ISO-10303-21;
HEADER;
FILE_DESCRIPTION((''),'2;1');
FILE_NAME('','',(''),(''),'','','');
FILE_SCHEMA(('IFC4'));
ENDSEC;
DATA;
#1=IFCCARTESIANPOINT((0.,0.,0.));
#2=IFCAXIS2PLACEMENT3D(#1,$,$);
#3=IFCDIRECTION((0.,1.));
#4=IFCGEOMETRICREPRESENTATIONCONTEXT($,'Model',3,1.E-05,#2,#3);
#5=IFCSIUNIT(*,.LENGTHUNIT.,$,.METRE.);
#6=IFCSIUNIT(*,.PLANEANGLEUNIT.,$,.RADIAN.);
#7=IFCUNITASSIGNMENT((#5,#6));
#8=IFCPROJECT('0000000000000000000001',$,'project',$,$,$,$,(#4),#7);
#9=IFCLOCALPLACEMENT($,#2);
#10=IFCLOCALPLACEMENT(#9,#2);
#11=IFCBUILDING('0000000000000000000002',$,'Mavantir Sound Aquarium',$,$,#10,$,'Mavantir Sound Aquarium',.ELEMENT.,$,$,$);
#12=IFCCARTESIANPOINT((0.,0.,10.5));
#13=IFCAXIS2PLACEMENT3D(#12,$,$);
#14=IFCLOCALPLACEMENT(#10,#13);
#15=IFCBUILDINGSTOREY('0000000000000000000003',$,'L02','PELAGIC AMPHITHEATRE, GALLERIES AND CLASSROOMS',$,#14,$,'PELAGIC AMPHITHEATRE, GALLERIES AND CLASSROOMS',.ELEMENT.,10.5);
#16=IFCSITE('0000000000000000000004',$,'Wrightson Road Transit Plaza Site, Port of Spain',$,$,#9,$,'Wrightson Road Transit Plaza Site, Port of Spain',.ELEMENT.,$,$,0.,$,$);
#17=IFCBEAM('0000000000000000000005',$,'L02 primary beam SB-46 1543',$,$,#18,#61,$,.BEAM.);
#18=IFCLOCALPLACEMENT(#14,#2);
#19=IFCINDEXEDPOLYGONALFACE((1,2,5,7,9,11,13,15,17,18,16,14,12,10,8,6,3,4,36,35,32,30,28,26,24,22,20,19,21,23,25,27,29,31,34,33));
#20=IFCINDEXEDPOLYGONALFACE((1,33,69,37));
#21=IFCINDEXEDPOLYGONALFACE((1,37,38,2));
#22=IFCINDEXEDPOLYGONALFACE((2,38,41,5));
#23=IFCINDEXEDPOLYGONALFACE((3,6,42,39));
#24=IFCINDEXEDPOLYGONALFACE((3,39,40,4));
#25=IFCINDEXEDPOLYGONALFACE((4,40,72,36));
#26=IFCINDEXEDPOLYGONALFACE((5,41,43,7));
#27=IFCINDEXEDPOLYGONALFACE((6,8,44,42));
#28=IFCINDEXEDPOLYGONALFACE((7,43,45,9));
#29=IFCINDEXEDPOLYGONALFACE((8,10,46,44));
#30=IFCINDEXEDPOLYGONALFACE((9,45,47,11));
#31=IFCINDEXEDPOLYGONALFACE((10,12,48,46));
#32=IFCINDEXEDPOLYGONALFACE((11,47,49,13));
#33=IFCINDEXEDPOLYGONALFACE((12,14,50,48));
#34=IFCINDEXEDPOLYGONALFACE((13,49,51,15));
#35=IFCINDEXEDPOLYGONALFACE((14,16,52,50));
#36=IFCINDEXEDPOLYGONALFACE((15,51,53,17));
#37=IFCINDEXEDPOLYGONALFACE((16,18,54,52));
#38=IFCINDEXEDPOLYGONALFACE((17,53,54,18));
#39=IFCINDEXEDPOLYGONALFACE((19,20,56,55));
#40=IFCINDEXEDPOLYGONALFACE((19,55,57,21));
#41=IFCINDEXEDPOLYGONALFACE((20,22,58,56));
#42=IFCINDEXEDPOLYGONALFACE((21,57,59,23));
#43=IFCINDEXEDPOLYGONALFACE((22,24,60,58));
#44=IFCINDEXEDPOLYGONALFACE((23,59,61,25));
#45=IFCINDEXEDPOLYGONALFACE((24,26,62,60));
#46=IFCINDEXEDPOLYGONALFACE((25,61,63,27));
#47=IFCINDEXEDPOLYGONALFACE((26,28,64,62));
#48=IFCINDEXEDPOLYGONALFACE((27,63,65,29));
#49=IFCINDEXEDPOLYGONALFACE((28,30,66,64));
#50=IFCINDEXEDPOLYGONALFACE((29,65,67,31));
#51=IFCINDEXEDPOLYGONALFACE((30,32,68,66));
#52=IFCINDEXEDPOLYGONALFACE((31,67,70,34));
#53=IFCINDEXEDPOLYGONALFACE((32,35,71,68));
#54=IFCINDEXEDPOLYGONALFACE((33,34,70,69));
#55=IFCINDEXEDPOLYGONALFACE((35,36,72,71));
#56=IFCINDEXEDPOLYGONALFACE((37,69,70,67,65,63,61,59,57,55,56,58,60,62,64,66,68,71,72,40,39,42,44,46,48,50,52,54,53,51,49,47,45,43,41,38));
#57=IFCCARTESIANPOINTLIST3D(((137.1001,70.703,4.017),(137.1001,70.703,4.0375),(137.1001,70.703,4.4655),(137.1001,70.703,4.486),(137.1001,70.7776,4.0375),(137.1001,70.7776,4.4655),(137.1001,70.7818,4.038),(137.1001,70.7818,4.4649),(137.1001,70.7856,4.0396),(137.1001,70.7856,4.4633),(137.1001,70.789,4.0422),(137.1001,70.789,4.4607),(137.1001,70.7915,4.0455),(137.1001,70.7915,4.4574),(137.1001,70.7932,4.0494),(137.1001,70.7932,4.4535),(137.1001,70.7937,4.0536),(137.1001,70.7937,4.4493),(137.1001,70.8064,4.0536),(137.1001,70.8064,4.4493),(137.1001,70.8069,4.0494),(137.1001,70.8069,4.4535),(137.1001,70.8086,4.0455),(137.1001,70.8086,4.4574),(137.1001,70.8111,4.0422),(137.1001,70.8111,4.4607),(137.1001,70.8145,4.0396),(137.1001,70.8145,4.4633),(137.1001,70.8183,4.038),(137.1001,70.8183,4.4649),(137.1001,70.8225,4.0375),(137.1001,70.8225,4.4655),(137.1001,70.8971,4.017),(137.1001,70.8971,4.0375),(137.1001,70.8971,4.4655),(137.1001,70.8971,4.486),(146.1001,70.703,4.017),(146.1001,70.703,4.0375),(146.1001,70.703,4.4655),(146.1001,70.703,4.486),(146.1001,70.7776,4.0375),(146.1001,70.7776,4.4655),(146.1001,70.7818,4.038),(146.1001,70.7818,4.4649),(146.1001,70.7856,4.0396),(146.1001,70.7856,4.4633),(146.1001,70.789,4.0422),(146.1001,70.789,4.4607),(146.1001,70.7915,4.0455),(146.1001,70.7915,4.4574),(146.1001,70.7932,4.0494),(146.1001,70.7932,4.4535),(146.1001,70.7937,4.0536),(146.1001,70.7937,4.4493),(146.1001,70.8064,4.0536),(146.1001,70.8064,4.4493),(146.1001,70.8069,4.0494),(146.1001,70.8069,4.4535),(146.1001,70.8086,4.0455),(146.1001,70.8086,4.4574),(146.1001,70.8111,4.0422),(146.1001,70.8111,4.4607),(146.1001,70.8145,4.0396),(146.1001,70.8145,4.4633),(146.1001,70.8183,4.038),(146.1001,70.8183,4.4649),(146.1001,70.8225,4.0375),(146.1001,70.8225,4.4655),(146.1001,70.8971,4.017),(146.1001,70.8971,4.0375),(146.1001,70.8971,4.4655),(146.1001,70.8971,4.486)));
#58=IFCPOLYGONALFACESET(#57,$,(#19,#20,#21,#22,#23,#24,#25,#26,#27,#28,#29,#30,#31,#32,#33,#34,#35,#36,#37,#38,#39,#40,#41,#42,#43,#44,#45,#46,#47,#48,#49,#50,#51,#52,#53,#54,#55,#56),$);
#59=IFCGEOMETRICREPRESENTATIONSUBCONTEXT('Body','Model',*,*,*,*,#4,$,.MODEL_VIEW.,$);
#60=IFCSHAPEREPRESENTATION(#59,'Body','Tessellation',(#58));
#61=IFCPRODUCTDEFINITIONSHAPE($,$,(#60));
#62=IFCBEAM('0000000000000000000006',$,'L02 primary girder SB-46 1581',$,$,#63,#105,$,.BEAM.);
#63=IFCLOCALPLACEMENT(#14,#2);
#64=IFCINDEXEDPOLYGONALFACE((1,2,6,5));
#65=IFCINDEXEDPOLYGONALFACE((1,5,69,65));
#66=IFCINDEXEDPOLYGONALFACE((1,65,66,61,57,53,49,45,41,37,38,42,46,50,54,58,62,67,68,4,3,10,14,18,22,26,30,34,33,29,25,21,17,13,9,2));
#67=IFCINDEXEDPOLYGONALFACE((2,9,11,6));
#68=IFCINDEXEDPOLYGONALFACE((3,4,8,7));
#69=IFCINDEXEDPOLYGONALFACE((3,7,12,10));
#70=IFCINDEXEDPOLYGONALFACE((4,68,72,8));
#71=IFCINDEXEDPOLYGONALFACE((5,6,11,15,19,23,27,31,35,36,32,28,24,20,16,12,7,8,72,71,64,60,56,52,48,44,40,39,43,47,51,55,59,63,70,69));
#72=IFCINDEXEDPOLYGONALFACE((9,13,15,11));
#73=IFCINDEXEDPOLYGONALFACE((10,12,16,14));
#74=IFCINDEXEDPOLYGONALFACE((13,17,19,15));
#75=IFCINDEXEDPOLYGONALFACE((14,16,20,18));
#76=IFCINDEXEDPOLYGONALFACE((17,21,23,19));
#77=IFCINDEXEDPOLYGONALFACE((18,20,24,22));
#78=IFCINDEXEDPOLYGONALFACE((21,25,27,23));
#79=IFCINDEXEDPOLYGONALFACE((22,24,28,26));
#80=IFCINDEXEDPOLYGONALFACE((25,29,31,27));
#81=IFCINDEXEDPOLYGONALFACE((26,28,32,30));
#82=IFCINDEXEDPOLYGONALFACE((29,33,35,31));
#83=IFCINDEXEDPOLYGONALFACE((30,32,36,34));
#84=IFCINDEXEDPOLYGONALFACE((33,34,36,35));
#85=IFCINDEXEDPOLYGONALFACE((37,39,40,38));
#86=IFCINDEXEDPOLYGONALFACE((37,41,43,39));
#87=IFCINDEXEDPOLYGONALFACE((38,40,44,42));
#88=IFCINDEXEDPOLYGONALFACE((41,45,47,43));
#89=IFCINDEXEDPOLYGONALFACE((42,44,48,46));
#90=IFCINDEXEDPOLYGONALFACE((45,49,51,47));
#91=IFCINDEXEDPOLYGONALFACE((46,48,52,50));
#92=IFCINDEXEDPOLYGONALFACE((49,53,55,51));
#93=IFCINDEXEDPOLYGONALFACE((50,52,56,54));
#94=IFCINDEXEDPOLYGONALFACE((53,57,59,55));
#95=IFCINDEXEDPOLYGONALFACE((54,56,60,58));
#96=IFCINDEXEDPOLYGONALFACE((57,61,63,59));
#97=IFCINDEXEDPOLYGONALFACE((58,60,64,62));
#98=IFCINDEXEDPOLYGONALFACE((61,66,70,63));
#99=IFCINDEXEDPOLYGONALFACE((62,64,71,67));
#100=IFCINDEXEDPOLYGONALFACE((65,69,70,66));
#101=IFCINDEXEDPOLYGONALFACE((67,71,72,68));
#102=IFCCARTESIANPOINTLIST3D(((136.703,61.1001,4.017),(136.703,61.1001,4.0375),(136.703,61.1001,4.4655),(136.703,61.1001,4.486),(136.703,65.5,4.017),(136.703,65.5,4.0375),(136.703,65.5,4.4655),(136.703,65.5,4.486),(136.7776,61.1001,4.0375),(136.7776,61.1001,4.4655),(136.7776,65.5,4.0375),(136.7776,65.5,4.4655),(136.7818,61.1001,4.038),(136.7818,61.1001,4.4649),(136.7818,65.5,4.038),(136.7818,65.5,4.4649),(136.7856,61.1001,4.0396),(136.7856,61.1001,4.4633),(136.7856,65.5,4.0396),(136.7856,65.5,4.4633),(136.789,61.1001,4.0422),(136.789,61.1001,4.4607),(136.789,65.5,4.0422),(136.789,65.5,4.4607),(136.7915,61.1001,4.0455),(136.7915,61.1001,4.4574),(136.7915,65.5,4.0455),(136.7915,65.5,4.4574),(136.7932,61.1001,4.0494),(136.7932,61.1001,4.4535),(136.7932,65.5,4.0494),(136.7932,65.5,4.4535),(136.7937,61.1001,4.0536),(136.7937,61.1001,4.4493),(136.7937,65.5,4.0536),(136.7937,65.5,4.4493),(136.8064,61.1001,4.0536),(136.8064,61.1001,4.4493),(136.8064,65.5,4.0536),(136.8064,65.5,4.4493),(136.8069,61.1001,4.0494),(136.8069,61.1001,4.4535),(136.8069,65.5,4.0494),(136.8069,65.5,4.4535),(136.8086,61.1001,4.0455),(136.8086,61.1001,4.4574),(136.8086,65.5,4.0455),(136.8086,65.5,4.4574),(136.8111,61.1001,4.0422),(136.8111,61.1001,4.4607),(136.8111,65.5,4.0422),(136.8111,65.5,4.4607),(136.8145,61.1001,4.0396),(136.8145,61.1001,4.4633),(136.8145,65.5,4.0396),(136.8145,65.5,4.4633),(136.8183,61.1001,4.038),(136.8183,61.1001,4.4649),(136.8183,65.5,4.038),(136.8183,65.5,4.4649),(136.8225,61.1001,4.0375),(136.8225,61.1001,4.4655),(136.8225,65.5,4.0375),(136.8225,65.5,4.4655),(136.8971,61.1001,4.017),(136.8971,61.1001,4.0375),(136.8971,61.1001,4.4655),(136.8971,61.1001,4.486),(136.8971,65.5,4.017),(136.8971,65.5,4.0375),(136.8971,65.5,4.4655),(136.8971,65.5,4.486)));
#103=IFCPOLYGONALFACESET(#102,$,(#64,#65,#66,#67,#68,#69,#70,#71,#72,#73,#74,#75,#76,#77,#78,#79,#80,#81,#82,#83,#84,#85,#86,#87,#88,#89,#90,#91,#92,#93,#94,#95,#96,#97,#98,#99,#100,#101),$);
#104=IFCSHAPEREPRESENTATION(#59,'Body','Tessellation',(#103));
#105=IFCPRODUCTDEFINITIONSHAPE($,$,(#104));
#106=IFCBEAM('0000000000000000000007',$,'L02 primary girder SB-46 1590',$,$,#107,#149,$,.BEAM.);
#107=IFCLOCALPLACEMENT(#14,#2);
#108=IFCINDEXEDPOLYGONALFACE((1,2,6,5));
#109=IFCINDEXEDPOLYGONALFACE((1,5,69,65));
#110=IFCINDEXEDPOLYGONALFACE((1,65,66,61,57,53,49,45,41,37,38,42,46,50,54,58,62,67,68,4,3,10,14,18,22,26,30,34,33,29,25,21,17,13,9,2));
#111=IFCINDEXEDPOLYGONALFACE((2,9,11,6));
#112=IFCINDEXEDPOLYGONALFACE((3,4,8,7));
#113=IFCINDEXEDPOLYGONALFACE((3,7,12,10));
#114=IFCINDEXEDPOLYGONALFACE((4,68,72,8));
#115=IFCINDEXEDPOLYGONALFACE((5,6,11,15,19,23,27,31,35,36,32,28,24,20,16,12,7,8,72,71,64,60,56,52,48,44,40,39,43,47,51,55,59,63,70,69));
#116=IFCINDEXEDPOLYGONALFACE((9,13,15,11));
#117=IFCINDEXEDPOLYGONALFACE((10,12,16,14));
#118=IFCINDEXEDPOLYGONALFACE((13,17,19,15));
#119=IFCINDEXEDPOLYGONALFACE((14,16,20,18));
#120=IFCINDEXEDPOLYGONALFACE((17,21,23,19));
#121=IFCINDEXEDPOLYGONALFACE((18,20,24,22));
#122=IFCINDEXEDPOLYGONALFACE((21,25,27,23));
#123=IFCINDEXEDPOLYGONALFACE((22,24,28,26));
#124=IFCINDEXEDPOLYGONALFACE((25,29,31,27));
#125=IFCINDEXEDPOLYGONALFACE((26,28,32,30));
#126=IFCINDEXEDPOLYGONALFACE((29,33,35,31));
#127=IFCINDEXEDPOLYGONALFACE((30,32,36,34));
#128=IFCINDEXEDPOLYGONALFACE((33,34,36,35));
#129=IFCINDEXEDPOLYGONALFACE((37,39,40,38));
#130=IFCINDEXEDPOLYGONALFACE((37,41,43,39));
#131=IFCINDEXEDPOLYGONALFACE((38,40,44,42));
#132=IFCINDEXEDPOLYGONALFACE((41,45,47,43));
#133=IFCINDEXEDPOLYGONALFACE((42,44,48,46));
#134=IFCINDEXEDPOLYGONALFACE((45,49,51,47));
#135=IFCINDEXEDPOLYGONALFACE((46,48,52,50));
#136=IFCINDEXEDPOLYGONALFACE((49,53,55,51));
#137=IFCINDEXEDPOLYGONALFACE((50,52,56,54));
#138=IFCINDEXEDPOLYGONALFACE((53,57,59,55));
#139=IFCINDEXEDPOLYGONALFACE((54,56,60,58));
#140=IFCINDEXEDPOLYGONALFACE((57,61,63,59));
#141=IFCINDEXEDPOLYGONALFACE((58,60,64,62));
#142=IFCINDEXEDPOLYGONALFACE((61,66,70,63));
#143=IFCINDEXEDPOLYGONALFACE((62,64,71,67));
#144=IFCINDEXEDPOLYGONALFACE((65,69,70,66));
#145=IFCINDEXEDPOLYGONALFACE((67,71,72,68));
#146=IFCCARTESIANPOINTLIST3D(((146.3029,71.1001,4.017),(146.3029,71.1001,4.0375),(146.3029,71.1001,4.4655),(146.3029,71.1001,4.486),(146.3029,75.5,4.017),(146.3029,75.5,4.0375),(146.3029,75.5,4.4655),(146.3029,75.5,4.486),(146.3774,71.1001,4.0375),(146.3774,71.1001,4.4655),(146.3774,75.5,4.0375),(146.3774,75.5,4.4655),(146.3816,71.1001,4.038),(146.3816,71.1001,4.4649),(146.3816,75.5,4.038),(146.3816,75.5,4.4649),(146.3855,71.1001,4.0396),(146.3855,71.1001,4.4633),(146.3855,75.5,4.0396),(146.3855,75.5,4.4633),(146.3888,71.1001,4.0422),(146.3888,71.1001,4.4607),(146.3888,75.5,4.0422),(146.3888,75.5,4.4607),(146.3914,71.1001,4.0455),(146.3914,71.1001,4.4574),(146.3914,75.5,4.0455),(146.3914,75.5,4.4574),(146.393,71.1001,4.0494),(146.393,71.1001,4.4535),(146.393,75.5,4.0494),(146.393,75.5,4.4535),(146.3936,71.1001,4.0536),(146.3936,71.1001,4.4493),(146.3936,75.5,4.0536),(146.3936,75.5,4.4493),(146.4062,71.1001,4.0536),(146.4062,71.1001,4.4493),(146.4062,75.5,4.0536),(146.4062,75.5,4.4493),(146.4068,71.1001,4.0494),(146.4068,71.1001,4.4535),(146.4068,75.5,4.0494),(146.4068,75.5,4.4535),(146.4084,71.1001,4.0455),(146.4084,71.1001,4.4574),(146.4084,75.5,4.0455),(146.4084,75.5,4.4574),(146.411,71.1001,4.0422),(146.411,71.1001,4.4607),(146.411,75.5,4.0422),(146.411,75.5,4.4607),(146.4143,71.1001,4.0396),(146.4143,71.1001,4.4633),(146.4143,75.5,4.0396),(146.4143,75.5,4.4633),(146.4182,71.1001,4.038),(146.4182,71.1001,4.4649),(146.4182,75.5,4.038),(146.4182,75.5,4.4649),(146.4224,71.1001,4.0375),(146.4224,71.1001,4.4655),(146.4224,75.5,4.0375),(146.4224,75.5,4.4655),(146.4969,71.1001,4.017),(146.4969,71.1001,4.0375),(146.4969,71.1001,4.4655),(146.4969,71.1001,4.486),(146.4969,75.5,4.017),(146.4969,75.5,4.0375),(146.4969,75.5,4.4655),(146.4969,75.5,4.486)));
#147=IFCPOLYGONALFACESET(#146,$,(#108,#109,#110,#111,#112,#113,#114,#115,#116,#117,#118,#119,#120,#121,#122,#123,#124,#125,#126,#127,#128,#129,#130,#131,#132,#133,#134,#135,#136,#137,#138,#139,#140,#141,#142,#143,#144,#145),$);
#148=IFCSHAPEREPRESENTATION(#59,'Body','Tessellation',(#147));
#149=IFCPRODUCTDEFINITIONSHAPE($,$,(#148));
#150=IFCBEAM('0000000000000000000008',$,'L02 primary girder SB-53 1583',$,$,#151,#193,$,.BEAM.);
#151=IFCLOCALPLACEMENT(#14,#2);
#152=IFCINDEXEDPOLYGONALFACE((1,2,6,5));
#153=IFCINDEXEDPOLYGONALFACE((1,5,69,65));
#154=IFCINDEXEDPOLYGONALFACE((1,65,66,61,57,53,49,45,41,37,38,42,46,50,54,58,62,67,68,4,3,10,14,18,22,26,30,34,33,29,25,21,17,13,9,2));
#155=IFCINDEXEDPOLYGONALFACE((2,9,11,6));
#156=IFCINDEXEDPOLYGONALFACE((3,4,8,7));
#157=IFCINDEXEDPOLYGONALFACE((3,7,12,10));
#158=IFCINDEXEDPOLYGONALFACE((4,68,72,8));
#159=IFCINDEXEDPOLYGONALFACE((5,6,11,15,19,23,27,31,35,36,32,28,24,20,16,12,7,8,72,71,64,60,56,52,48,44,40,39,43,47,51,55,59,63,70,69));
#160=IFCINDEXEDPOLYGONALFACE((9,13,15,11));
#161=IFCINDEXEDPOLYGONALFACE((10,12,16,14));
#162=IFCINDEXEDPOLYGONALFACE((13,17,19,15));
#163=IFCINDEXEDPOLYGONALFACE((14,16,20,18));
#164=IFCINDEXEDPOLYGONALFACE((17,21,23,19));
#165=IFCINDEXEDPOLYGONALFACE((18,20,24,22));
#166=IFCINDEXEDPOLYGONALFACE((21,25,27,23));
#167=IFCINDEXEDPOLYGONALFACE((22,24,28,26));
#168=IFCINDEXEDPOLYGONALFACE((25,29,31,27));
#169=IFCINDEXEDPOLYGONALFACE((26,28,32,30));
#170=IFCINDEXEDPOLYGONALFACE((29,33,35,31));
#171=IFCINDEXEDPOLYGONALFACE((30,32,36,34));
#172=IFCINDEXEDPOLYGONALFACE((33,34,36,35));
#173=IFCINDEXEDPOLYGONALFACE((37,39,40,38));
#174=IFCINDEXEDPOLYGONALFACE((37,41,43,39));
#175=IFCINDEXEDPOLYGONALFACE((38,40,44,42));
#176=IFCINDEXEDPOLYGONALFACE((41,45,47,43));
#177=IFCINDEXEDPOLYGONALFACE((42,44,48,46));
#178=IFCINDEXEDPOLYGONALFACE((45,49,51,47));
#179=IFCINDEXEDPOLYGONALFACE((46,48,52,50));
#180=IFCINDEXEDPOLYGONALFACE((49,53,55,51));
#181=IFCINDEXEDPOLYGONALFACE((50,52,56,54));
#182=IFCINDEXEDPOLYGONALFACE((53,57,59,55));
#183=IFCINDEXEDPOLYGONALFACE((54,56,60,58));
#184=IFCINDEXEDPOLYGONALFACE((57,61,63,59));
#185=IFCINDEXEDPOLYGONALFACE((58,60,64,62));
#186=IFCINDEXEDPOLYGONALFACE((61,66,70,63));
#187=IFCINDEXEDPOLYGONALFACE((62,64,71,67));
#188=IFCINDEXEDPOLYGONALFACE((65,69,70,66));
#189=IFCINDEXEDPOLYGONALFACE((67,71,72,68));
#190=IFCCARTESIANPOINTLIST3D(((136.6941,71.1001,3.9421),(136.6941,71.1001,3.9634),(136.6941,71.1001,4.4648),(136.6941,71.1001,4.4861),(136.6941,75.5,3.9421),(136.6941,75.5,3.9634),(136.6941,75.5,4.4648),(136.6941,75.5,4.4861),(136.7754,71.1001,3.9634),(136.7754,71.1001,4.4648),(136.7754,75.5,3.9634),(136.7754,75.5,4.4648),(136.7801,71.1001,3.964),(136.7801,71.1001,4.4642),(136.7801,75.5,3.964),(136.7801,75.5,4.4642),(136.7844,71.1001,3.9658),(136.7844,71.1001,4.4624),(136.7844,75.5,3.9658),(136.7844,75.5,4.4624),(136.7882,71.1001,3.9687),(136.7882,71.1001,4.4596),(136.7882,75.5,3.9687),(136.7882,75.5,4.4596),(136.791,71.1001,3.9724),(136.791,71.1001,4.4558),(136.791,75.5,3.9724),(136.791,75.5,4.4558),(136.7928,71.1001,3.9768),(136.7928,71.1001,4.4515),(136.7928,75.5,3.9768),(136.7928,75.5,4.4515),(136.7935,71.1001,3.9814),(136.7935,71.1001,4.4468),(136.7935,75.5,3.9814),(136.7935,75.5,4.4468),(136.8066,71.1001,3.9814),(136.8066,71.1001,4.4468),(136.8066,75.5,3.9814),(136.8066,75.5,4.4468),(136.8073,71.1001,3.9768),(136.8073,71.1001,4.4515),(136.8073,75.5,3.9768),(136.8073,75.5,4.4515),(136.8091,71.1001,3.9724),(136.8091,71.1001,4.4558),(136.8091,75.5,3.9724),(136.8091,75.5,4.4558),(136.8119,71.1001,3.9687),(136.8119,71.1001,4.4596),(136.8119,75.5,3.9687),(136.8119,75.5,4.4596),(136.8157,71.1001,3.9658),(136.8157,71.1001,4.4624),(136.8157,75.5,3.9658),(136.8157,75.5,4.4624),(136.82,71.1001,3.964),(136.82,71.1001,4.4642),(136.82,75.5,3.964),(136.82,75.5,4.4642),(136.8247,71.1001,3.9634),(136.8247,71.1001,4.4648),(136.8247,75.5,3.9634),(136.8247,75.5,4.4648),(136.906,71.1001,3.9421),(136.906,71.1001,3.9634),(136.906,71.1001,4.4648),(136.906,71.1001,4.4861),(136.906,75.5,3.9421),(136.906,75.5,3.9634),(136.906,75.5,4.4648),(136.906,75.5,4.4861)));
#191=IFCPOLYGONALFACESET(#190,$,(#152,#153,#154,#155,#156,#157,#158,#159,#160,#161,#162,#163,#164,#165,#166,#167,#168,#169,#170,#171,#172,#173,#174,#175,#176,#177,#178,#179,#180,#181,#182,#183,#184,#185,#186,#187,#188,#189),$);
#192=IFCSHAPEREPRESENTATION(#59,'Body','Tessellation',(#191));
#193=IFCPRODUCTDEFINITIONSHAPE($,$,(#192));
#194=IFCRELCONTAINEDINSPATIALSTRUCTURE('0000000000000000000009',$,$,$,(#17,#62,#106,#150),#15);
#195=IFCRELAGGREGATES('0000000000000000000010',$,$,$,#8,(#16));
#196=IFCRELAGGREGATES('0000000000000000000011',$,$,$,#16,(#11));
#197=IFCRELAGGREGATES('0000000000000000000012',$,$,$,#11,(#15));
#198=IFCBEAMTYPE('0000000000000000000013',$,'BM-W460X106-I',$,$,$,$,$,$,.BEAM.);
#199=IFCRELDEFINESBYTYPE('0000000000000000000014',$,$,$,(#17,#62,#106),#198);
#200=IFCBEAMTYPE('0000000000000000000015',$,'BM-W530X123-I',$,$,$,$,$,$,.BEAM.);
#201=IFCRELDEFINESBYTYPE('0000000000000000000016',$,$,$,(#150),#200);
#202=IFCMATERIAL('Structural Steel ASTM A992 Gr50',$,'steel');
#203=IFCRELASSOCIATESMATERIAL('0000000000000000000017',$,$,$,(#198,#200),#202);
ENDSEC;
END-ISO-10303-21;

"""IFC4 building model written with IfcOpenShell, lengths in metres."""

from ifc_helpers import new_model, si_unit, direction, frame, origin, origin_2d, place, context, subcontext, project, spatial, i_section, extrude, material, material_profile, profile_set, type_object, element, save


model = new_model("IFC4")

# Units and contexts
model_context = context("Model", 3, precision=1e-05, world=origin(), true_north=direction((0.0, 1.0)))
body_context = subcontext(model_context, "Body", "Model", "MODEL_VIEW")
ifc_project = project(units=[si_unit("LENGTHUNIT", "METRE"), si_unit("PLANEANGLEUNIT", "RADIAN")], contexts=[model_context])

# Site, building, storey
site_placement = place(None, origin())
site = spatial("IfcSite", under=ifc_project, at=site_placement, Name="Wrightson Road Transit Plaza Site, Port of Spain", LongName="Wrightson Road Transit Plaza Site, Port of Spain", CompositionType="ELEMENT", RefElevation=0.0)
building_placement = place(site_placement, origin())
building = spatial("IfcBuilding", under=site, at=building_placement, Name="Mavantir Sound Aquarium", LongName="Mavantir Sound Aquarium", CompositionType="ELEMENT")
storey_placement = place(building_placement, frame((0.0, 0.0, 10.5)))
storey = spatial("IfcBuildingStorey", under=building, at=storey_placement, Name="L02", Description="PELAGIC AMPHITHEATRE, GALLERIES AND CLASSROOMS", LongName="PELAGIC AMPHITHEATRE, GALLERIES AND CLASSROOMS", CompositionType="ELEMENT", Elevation=10.5)

# Beams
ifc_material_1 = material(Name="Structural Steel ASTM A992 Gr50", Category="steel")
ifc_material_profile_1 = material_profile(ifc_material_1, i_section(OverallWidth=0.1941, OverallDepth=0.469, WebThickness=0.0127, FlangeThickness=0.0205, FilletRadius=0.0161, at=origin_2d()), Name="W460X106")
ifc_profile_set_1 = profile_set([ifc_material_profile_1], Name="Structural Steel ASTM A992 Gr50")
beam_type_1 = type_object("IfcBeamType", Name="BM-W460X106-I", PredefinedType="BEAM", material=ifc_profile_set_1)
beam_1_placement = place(storey_placement, frame((137.1001, 70.8, 4.2515), z_axis=(1.0, 0.0, 0.0), x_axis=(0.0, 1.0, 0.0)))
element("IfcBeam", 1, at=beam_1_placement, inside=storey, type_object=beam_type_1, Name="L02 primary beam SB-46 1543", PredefinedType="BEAM", context=body_context, shape_type="SweptSolid", body=[
    extrude(i_section(OverallWidth=0.1941, OverallDepth=0.469, WebThickness=0.0127, FlangeThickness=0.0205, FilletRadius=0.0161, at=origin_2d()), origin(), (0.0, 0.0, 1.0), 9.0),
])
for number, where, z_axis, x_axis, name in (
    (2, (136.8, 61.1001, 4.2515), (0.0, 1.0, 0.0), (-1.0, 0.0, 0.0), "L02 primary girder SB-46 1581"),
    (3, (146.3999, 71.1001, 4.2515), (0.0, 1.0, 0.0), (-1.0, 0.0, 0.0), "L02 primary girder SB-46 1590"),
):
    element("IfcBeam", number, at=place(storey_placement, frame(where, z_axis=z_axis, x_axis=x_axis)), inside=storey, type_object=beam_type_1, Name=name, PredefinedType="BEAM", context=body_context, shape_type="SweptSolid", body=[
        extrude(i_section(OverallWidth=0.1941, OverallDepth=0.469, WebThickness=0.0127, FlangeThickness=0.0205, FilletRadius=0.0161, at=origin_2d()), origin(), (0.0, 0.0, 1.0), 4.3999),
    ])
ifc_material_profile_2 = material_profile(ifc_material_1, i_section(OverallWidth=0.2119, OverallDepth=0.5439, WebThickness=0.0132, FlangeThickness=0.0212, FilletRadius=0.0181, at=origin_2d()), Name="W530X123")
ifc_profile_set_2 = profile_set([ifc_material_profile_2], Name="Structural Steel ASTM A992 Gr50")
beam_type_2 = type_object("IfcBeamType", Name="BM-W530X123-I", PredefinedType="BEAM", material=ifc_profile_set_2)
for number, where, z_axis, x_axis, name in (
    (4, (136.8, 71.1001, 4.2141), (0.0, 1.0, 0.0), (-1.0, 0.0, 0.0), "L02 primary girder SB-53 1583"),
):
    element("IfcBeam", number, at=place(storey_placement, frame(where, z_axis=z_axis, x_axis=x_axis)), inside=storey, type_object=beam_type_2, Name=name, PredefinedType="BEAM", context=body_context, shape_type="SweptSolid", body=[
        extrude(i_section(OverallWidth=0.2119, OverallDepth=0.5439, WebThickness=0.0132, FlangeThickness=0.0212, FilletRadius=0.0181, at=origin_2d()), origin(), (0.0, 0.0, 1.0), 4.3999),
    ])

save(model, "model.ifc")
